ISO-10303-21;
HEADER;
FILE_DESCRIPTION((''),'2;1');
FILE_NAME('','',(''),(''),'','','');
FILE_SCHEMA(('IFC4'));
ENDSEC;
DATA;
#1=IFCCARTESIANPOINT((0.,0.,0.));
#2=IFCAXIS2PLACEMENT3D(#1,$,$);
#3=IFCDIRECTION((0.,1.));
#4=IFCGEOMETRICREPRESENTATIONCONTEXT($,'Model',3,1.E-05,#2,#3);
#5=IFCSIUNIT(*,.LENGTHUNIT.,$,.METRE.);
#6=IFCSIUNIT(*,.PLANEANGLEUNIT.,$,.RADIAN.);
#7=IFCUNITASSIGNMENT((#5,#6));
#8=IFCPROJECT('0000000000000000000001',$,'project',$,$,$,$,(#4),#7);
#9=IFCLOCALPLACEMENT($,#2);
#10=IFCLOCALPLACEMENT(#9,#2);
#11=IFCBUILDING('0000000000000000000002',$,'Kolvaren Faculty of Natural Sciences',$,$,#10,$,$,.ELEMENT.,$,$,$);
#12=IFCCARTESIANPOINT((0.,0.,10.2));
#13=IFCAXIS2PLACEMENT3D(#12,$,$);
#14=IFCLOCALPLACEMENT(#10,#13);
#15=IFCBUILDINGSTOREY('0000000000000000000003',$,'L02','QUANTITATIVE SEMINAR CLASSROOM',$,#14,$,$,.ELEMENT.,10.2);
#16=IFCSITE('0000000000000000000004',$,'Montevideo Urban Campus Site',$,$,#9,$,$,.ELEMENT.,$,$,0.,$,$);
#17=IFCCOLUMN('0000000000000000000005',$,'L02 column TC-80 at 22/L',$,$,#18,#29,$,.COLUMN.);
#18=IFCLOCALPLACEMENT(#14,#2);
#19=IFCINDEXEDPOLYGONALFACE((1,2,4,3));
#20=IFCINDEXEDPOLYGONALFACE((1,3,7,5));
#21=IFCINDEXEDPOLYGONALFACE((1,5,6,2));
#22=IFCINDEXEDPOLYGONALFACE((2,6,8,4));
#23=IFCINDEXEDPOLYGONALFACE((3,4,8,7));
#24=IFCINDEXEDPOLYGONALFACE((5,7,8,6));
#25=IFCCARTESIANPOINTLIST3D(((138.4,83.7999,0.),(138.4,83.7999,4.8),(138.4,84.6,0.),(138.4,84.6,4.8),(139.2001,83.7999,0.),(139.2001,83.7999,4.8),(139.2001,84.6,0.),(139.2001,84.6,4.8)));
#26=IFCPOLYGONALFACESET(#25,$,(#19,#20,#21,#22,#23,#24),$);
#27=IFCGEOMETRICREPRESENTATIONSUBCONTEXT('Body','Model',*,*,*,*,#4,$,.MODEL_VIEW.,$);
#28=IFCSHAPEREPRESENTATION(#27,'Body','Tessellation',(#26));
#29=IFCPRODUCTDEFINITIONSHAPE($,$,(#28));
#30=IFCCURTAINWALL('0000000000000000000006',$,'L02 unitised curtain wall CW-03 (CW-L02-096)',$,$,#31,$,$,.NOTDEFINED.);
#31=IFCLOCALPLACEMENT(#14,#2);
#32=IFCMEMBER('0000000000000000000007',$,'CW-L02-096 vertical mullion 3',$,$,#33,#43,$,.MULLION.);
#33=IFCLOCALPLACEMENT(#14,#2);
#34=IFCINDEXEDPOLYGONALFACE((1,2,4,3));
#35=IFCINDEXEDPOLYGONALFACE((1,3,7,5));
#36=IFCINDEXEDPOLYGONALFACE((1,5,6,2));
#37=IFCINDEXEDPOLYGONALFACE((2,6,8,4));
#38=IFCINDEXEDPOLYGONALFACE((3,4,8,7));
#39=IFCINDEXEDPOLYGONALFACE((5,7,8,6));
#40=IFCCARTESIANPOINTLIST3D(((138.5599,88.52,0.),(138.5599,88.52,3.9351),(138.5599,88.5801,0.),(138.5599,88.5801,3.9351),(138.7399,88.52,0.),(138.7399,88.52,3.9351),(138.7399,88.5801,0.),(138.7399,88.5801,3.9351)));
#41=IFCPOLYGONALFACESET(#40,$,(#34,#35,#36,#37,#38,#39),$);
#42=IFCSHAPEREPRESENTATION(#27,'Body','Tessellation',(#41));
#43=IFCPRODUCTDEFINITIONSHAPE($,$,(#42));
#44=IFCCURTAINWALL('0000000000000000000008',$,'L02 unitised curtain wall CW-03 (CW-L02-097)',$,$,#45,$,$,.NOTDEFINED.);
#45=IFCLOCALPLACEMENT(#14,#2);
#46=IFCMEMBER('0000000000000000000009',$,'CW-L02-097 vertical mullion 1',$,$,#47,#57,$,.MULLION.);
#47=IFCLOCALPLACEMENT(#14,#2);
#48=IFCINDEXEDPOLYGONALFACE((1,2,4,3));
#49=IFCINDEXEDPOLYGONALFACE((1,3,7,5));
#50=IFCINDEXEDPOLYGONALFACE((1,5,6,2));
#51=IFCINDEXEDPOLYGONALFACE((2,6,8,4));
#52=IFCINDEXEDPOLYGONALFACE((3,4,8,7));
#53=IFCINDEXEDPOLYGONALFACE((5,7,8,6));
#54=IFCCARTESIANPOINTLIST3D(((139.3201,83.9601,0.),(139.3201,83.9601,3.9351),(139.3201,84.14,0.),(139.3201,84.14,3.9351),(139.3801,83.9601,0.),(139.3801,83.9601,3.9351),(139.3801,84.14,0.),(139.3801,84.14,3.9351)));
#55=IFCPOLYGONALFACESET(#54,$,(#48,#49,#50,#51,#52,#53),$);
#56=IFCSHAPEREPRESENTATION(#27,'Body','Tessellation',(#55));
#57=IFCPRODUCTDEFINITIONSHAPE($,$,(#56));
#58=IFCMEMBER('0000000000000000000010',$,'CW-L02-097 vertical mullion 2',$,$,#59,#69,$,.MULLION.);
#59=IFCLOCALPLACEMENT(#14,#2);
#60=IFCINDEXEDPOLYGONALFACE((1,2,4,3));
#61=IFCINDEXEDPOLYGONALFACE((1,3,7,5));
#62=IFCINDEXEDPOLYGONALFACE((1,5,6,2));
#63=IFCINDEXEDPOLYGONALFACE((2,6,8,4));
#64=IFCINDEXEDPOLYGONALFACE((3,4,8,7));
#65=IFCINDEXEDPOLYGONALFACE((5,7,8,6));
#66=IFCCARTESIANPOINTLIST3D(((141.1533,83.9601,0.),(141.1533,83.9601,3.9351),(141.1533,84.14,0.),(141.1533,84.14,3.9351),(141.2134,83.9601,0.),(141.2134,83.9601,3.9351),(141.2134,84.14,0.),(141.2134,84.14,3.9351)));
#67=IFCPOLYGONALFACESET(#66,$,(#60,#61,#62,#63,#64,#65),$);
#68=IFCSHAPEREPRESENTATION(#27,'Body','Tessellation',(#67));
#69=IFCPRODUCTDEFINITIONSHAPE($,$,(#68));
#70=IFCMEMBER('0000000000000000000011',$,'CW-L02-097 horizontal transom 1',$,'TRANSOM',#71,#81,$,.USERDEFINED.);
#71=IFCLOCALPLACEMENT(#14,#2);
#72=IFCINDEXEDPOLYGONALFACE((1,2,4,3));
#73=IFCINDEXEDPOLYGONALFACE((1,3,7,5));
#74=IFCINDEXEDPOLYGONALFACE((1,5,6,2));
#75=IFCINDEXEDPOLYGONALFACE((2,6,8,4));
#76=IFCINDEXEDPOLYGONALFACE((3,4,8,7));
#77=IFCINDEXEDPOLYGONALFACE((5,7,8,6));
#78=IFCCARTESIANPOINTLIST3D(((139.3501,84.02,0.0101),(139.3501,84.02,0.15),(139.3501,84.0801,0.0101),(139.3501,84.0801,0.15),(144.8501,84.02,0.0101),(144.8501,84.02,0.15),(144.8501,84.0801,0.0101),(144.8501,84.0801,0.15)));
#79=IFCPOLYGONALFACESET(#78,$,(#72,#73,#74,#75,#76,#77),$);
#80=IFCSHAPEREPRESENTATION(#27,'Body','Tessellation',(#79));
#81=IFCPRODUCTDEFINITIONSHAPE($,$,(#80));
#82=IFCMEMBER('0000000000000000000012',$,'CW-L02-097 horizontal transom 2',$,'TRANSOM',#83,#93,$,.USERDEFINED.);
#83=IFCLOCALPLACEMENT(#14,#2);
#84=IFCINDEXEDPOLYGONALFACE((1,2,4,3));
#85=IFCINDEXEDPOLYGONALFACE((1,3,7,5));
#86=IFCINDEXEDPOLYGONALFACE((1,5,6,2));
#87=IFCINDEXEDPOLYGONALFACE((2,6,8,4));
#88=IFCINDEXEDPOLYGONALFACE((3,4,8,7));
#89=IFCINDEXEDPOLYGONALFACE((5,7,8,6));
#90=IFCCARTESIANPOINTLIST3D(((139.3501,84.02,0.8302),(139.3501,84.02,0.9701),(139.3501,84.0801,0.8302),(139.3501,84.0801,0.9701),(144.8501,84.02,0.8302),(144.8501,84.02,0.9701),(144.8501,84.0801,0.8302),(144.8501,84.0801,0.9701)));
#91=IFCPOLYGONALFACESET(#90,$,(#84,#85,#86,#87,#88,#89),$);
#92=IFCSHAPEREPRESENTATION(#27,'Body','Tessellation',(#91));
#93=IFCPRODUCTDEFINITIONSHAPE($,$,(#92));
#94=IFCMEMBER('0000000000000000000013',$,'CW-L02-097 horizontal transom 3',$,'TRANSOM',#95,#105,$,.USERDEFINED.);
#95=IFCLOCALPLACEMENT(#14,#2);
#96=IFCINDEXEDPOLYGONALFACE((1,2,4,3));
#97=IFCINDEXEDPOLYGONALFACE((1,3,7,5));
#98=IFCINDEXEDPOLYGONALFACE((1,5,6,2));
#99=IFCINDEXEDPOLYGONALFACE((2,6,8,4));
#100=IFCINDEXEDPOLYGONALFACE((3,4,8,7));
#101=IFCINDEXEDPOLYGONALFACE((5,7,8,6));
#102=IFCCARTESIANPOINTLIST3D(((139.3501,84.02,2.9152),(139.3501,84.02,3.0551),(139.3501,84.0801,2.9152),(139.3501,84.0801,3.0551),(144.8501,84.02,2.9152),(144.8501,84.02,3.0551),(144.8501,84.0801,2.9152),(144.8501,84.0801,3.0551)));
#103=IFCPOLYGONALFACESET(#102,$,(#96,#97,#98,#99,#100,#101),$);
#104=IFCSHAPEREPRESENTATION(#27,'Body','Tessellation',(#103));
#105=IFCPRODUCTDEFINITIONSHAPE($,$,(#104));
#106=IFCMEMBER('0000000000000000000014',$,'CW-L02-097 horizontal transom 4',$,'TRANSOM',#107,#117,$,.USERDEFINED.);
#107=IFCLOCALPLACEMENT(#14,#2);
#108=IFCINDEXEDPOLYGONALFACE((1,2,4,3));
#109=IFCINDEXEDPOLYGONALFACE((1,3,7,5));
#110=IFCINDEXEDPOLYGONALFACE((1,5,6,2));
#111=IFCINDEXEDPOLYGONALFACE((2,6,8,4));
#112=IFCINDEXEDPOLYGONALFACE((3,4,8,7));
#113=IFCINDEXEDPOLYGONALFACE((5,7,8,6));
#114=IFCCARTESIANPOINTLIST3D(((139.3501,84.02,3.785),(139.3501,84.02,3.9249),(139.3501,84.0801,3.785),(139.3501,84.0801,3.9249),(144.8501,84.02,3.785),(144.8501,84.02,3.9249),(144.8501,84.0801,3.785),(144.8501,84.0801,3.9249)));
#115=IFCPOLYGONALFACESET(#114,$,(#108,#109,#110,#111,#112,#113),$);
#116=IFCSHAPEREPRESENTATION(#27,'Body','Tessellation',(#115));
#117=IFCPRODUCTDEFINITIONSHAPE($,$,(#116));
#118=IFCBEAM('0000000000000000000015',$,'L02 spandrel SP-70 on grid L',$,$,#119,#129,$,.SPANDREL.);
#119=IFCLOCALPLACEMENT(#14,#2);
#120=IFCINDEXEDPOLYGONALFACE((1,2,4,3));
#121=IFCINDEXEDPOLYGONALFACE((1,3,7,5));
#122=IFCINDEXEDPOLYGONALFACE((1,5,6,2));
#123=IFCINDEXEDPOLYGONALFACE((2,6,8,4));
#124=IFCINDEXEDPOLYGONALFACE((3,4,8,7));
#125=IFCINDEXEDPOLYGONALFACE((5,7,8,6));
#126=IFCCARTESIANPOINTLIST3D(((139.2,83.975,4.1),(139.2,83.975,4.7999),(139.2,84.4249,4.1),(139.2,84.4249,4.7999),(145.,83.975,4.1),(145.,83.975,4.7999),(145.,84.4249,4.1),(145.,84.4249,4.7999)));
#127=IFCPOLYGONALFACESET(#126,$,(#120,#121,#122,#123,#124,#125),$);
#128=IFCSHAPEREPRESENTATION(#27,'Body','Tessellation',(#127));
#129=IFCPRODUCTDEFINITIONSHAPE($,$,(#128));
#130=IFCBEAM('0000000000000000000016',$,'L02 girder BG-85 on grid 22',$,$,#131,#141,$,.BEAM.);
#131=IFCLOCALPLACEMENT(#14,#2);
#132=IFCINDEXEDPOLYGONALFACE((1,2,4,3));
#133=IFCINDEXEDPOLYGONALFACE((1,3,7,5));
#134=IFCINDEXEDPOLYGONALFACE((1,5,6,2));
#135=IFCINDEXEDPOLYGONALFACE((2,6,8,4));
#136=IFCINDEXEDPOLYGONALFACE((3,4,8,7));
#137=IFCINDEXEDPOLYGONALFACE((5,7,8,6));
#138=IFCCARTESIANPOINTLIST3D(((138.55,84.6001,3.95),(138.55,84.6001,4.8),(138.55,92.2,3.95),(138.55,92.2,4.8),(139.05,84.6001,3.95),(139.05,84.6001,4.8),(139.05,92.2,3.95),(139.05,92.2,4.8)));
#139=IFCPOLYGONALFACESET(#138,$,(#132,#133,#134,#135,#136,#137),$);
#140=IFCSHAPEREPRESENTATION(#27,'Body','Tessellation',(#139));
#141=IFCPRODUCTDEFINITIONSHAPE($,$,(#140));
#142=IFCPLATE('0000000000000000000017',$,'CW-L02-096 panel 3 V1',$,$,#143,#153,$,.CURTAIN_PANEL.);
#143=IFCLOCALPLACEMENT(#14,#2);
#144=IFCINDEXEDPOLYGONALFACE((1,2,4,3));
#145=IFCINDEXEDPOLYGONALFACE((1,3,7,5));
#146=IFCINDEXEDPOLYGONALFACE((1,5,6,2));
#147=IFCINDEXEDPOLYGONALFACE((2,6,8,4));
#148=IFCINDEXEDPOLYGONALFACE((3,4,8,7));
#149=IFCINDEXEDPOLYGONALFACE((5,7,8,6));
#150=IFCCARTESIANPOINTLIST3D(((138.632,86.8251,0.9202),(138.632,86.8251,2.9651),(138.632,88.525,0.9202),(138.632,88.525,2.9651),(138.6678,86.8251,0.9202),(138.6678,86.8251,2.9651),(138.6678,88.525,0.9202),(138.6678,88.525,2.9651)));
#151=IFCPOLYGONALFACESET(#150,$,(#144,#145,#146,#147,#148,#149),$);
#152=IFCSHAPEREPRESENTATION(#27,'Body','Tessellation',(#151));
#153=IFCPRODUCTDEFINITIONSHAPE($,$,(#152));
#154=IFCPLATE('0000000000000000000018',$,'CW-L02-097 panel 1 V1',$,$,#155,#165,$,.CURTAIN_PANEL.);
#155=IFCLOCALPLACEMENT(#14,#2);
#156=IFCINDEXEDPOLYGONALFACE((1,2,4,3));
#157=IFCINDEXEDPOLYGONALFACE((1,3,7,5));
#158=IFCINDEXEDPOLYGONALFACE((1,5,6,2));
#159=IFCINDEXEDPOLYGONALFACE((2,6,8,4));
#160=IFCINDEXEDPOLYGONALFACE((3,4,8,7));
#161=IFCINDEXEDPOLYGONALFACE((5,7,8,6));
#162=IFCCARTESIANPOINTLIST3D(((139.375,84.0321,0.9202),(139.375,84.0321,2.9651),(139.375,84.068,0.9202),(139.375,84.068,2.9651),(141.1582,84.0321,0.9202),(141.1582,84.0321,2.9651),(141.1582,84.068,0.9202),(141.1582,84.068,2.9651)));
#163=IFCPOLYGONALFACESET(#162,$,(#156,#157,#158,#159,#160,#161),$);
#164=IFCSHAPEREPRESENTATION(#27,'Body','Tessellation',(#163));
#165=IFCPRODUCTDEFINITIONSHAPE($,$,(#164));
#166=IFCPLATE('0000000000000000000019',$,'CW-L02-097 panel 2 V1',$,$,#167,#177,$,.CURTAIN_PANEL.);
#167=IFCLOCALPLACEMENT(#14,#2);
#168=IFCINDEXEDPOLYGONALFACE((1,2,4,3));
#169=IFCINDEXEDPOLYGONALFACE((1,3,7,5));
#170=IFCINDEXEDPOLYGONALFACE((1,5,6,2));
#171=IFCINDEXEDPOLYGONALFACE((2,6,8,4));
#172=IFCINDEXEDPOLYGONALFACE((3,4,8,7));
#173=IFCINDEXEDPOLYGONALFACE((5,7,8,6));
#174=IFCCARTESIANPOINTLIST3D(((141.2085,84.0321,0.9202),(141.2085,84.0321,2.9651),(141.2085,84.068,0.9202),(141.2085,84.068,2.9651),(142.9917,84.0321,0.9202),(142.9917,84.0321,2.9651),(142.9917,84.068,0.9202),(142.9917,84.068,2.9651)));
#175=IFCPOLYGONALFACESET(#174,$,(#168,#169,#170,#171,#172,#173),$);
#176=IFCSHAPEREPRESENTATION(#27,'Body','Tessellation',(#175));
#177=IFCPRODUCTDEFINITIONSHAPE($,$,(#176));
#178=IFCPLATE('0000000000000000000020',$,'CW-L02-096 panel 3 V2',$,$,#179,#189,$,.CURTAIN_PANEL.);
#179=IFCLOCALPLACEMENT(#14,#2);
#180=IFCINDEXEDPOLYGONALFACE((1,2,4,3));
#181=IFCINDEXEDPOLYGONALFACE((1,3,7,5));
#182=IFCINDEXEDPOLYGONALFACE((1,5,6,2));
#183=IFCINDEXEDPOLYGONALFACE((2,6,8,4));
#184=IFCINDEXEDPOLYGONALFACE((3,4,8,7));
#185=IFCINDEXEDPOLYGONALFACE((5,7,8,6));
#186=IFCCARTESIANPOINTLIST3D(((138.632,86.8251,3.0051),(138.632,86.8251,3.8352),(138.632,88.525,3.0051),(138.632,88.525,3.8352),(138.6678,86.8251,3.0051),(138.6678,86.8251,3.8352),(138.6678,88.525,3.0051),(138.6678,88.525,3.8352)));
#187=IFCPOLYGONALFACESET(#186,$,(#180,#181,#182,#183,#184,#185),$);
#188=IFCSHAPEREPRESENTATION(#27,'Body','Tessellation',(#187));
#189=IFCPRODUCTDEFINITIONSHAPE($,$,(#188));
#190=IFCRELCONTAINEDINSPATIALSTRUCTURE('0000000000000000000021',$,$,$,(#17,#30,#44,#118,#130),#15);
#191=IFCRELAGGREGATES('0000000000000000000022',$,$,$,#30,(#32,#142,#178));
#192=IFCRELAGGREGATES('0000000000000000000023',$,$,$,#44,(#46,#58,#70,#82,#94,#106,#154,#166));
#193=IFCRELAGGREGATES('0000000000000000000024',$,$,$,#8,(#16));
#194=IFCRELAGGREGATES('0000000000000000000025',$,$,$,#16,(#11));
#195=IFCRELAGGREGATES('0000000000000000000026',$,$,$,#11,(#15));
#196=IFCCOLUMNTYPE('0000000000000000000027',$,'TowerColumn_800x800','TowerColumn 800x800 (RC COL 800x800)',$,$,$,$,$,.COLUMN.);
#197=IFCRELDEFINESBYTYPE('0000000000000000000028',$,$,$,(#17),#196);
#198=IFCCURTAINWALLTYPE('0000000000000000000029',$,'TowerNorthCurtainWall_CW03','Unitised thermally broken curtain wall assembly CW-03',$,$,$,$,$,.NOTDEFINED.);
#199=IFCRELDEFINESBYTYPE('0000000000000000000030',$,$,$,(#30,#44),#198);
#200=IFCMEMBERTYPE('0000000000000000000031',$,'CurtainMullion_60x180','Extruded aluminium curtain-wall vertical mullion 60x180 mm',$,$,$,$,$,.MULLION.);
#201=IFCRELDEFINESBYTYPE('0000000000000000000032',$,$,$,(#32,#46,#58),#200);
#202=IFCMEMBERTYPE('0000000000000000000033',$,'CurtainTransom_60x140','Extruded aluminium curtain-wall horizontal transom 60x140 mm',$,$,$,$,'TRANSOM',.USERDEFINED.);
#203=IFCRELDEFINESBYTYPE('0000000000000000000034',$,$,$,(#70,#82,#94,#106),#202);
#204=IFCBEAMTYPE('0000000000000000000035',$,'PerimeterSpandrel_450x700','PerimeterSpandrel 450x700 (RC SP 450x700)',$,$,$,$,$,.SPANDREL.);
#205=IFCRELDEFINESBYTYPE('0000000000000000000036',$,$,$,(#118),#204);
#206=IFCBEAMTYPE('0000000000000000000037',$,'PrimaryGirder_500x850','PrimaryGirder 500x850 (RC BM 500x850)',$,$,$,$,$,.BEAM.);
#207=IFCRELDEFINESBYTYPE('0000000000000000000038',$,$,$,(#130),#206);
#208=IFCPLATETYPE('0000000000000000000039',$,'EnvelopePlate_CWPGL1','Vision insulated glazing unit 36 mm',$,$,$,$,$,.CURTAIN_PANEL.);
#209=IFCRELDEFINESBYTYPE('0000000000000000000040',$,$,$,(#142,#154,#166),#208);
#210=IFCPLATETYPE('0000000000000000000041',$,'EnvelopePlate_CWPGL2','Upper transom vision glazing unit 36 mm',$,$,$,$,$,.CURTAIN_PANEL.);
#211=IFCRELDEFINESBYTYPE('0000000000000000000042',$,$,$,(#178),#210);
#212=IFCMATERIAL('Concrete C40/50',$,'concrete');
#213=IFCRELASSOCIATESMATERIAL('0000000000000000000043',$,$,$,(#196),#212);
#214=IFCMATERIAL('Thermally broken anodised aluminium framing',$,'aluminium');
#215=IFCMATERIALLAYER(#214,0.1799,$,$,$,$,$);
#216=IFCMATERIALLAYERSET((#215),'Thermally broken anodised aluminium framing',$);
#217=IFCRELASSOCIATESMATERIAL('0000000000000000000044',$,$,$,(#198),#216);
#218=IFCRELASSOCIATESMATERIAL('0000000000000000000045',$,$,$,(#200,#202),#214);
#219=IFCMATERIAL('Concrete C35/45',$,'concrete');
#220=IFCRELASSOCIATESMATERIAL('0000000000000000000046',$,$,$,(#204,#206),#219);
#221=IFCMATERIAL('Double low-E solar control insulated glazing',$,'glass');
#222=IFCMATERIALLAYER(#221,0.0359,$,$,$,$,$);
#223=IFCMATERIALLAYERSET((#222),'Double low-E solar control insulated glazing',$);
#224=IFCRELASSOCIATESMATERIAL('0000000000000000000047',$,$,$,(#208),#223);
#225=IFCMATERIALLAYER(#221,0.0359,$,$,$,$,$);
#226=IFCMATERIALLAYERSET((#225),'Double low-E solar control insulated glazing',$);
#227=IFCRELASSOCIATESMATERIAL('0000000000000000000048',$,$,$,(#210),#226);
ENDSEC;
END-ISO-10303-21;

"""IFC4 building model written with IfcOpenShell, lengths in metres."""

from ifc_helpers import new_model, si_unit, direction, frame, origin, origin_2d, place, context, subcontext, project, spatial, rectangle, extrude, material, layer, layer_set, material_profile, profile_set, type_object, element, aggregate, save


model = new_model("IFC4")

# Units and contexts
model_context = context("Model", 3, precision=1e-05, world=origin(), true_north=direction((0.0, 1.0)))
body_context = subcontext(model_context, "Body", "Model", "MODEL_VIEW")
ifc_project = project(units=[si_unit("LENGTHUNIT", "METRE"), si_unit("PLANEANGLEUNIT", "RADIAN")], contexts=[model_context])

# Site, building, storey
site_placement = place(None, origin())
site = spatial("IfcSite", under=ifc_project, at=site_placement, Name="Montevideo Urban Campus Site", CompositionType="ELEMENT", RefElevation=0.0)
building_placement = place(site_placement, origin())
building = spatial("IfcBuilding", under=site, at=building_placement, Name="Kolvaren Faculty of Natural Sciences", CompositionType="ELEMENT")
storey_placement = place(building_placement, frame((0.0, 0.0, 10.2)))
storey = spatial("IfcBuildingStorey", under=building, at=storey_placement, Name="L02", Description="QUANTITATIVE SEMINAR CLASSROOM", CompositionType="ELEMENT", Elevation=10.2)

# Column
ifc_material_1 = material(Name="Concrete C40/50", Category="concrete")
ifc_material_profile_1 = material_profile(ifc_material_1, rectangle(XDim=0.8, YDim=0.8, at=origin_2d()), Name="RC COL 800x800")
ifc_profile_set_1 = profile_set([ifc_material_profile_1], Name="Concrete C40/50")
column_type = type_object("IfcColumnType", Name="TowerColumn_800x800", Description="TowerColumn 800x800 (RC COL 800x800)", PredefinedType="COLUMN", material=ifc_profile_set_1)
column_placement = place(storey_placement, frame((138.8, 84.2, 0.0), z_axis=(0.0, 0.0, 1.0), x_axis=(1.0, 0.0, 0.0)))
element("IfcColumn", 1, at=column_placement, inside=storey, type_object=column_type, Name="L02 column TC-80 at 22/L", PredefinedType="COLUMN", context=body_context, shape_type="SweptSolid", body=[
    extrude(rectangle(XDim=0.8, YDim=0.8, at=origin_2d()), origin(), (0.0, 0.0, 1.0), 4.8),
])

# Curtain wall, member
ifc_material_2 = material(Name="Thermally broken anodised aluminium framing", Category="aluminium")
ifc_layer_1 = layer(ifc_material_2, 0.1799)
ifc_layer_set_1 = layer_set([ifc_layer_1], Name="Thermally broken anodised aluminium framing")
curtain_wall_type = type_object("IfcCurtainWallType", Name="TowerNorthCurtainWall_CW03", Description="Unitised thermally broken curtain wall assembly CW-03", PredefinedType="NOTDEFINED", material=ifc_layer_set_1)
curtain_wall_1_placement = place(storey_placement, origin())
curtain_wall_1 = element("IfcCurtainWall", 2, at=curtain_wall_1_placement, inside=storey, type_object=curtain_wall_type, Name="L02 unitised curtain wall CW-03 (CW-L02-096)", PredefinedType="NOTDEFINED")
ifc_material_profile_2 = material_profile(ifc_material_2, rectangle(XDim=0.0601, YDim=0.1799, at=origin_2d()), Name="ALU MUL 60x180")
ifc_profile_set_2 = profile_set([ifc_material_profile_2], Name="Thermally broken anodised aluminium framing")
member_type_1 = type_object("IfcMemberType", Name="CurtainMullion_60x180", Description="Extruded aluminium curtain-wall vertical mullion 60x180 mm", PredefinedType="MULLION", material=ifc_profile_set_2)
member_1_placement = place(storey_placement, frame((138.6499, 88.55, 0.0), z_axis=(0.0, 0.0, 1.0), x_axis=(0.0, -1.0, 0.0)))
member_1 = element("IfcMember", 3, at=member_1_placement, type_object=member_type_1, Name="CW-L02-096 vertical mullion 3", PredefinedType="MULLION", context=body_context, shape_type="SweptSolid", body=[
    extrude(rectangle(XDim=0.0601, YDim=0.1799, at=origin_2d()), origin(), (0.0, 0.0, 1.0), 3.9351),
])

# Curtain wall, members
curtain_wall_2_placement = place(storey_placement, origin())
curtain_wall_2 = element("IfcCurtainWall", 4, at=curtain_wall_2_placement, inside=storey, type_object=curtain_wall_type, Name="L02 unitised curtain wall CW-03 (CW-L02-097)", PredefinedType="NOTDEFINED")
member_2_placement = place(storey_placement, frame((139.3501, 84.05, 0.0), z_axis=(0.0, 0.0, 1.0), x_axis=(1.0, 0.0, 0.0)))
member_2 = element("IfcMember", 5, at=member_2_placement, type_object=member_type_1, Name="CW-L02-097 vertical mullion 1", PredefinedType="MULLION", context=body_context, shape_type="SweptSolid", body=[
    extrude(rectangle(XDim=0.0601, YDim=0.1799, at=origin_2d()), origin(), (0.0, 0.0, 1.0), 3.9351),
])
member_3_placement = place(storey_placement, frame((141.1833, 84.05, 0.0), z_axis=(0.0, 0.0, 1.0), x_axis=(1.0, 0.0, 0.0)))
member_3 = element("IfcMember", 6, at=member_3_placement, type_object=member_type_1, Name="CW-L02-097 vertical mullion 2", PredefinedType="MULLION", context=body_context, shape_type="SweptSolid", body=[
    extrude(rectangle(XDim=0.0601, YDim=0.1799, at=origin_2d()), origin(), (0.0, 0.0, 1.0), 3.9351),
])
ifc_material_profile_3 = material_profile(ifc_material_2, rectangle(XDim=0.0601, YDim=0.1399, at=origin_2d()), Name="ALU TRN 60x140")
ifc_profile_set_3 = profile_set([ifc_material_profile_3], Name="Thermally broken anodised aluminium framing")
member_type_2 = type_object("IfcMemberType", Name="CurtainTransom_60x140", Description="Extruded aluminium curtain-wall horizontal transom 60x140 mm", ElementType="TRANSOM", PredefinedType="USERDEFINED", material=ifc_profile_set_3)
member_4_placement = place(storey_placement, frame((139.3501, 84.05, 0.0801), z_axis=(1.0, 0.0, 0.0), x_axis=(0.0, 1.0, 0.0)))
member_4 = element("IfcMember", 7, at=member_4_placement, type_object=member_type_2, Name="CW-L02-097 horizontal transom 1", ObjectType="TRANSOM", PredefinedType="USERDEFINED", context=body_context, shape_type="SweptSolid", body=[
    extrude(rectangle(XDim=0.0601, YDim=0.1399, at=origin_2d()), origin(), (0.0, 0.0, 1.0), 5.5),
])
member_5_placement = place(storey_placement, frame((139.3501, 84.05, 0.9001), z_axis=(1.0, 0.0, 0.0), x_axis=(0.0, 1.0, 0.0)))
member_5 = element("IfcMember", 8, at=member_5_placement, type_object=member_type_2, Name="CW-L02-097 horizontal transom 2", ObjectType="TRANSOM", PredefinedType="USERDEFINED", context=body_context, shape_type="SweptSolid", body=[
    extrude(rectangle(XDim=0.0601, YDim=0.1399, at=origin_2d()), origin(), (0.0, 0.0, 1.0), 5.5),
])
member_6_placement = place(storey_placement, frame((139.3501, 84.05, 2.9851), z_axis=(1.0, 0.0, 0.0), x_axis=(0.0, 1.0, 0.0)))
member_6 = element("IfcMember", 9, at=member_6_placement, type_object=member_type_2, Name="CW-L02-097 horizontal transom 3", ObjectType="TRANSOM", PredefinedType="USERDEFINED", context=body_context, shape_type="SweptSolid", body=[
    extrude(rectangle(XDim=0.0601, YDim=0.1399, at=origin_2d()), origin(), (0.0, 0.0, 1.0), 5.5),
])
member_7_placement = place(storey_placement, frame((139.3501, 84.05, 3.855), z_axis=(1.0, 0.0, 0.0), x_axis=(0.0, 1.0, 0.0)))
member_7 = element("IfcMember", 10, at=member_7_placement, type_object=member_type_2, Name="CW-L02-097 horizontal transom 4", ObjectType="TRANSOM", PredefinedType="USERDEFINED", context=body_context, shape_type="SweptSolid", body=[
    extrude(rectangle(XDim=0.0601, YDim=0.1399, at=origin_2d()), origin(), (0.0, 0.0, 1.0), 5.5),
])

# Beams
ifc_material_3 = material(Name="Concrete C35/45", Category="concrete")
ifc_material_profile_4 = material_profile(ifc_material_3, rectangle(XDim=0.45, YDim=0.7, at=origin_2d()), Name="RC SP 450x700")
ifc_profile_set_4 = profile_set([ifc_material_profile_4], Name="Concrete C35/45")
beam_type_1 = type_object("IfcBeamType", Name="PerimeterSpandrel_450x700", Description="PerimeterSpandrel 450x700 (RC SP 450x700)", PredefinedType="SPANDREL", material=ifc_profile_set_4)
beam_1_placement = place(storey_placement, frame((139.2, 84.2, 4.45), z_axis=(1.0, 0.0, 0.0), x_axis=(0.0, 1.0, 0.0)))
element("IfcBeam", 11, at=beam_1_placement, inside=storey, type_object=beam_type_1, Name="L02 spandrel SP-70 on grid L", PredefinedType="SPANDREL", context=body_context, shape_type="SweptSolid", body=[
    extrude(rectangle(XDim=0.45, YDim=0.7, at=origin_2d()), origin(), (0.0, 0.0, 1.0), 5.8),
])
ifc_material_profile_5 = material_profile(ifc_material_3, rectangle(XDim=0.5, YDim=0.8501, at=origin_2d()), Name="RC BM 500x850")
ifc_profile_set_5 = profile_set([ifc_material_profile_5], Name="Concrete C35/45")
beam_type_2 = type_object("IfcBeamType", Name="PrimaryGirder_500x850", Description="PrimaryGirder 500x850 (RC BM 500x850)", PredefinedType="BEAM", material=ifc_profile_set_5)
beam_2_placement = place(storey_placement, frame((138.8, 84.6001, 4.375), z_axis=(0.0, 1.0, 0.0), x_axis=(-1.0, 0.0, 0.0)))
element("IfcBeam", 12, at=beam_2_placement, inside=storey, type_object=beam_type_2, Name="L02 girder BG-85 on grid 22", PredefinedType="BEAM", context=body_context, shape_type="SweptSolid", body=[
    extrude(rectangle(XDim=0.5, YDim=0.8501, at=origin_2d()), origin(), (0.0, 0.0, 1.0), 7.5999),
])

# Plates
ifc_material_4 = material(Name="Double low-E solar control insulated glazing", Category="glass")
ifc_layer_2 = layer(ifc_material_4, 0.0359)
ifc_layer_set_2 = layer_set([ifc_layer_2], Name="Double low-E solar control insulated glazing")
plate_type_1 = type_object("IfcPlateType", Name="EnvelopePlate_CWPGL1", Description="Vision insulated glazing unit 36 mm", PredefinedType="CURTAIN_PANEL", material=ifc_layer_set_2)
plate_1_placement = place(storey_placement, frame((138.6499, 87.675, 0.9202), z_axis=(0.0, 0.0, 1.0), x_axis=(0.0, -1.0, 0.0)))
plate_1 = element("IfcPlate", 13, at=plate_1_placement, type_object=plate_type_1, Name="CW-L02-096 panel 3 V1", PredefinedType="CURTAIN_PANEL", context=body_context, shape_type="SweptSolid", body=[
    extrude(rectangle(XDim=1.7, YDim=0.0359, at=origin_2d()), origin(), (0.0, 0.0, 1.0), 2.0449),
])
plate_2_placement = place(storey_placement, frame((140.2666, 84.05, 0.9202), z_axis=(0.0, 0.0, 1.0), x_axis=(1.0, 0.0, 0.0)))
plate_2 = element("IfcPlate", 14, at=plate_2_placement, type_object=plate_type_1, Name="CW-L02-097 panel 1 V1", PredefinedType="CURTAIN_PANEL", context=body_context, shape_type="SweptSolid", body=[
    extrude(rectangle(XDim=1.7832, YDim=0.0359, at=origin_2d()), origin(), (0.0, 0.0, 1.0), 2.0449),
])
plate_3_placement = place(storey_placement, frame((142.1001, 84.05, 0.9202), z_axis=(0.0, 0.0, 1.0), x_axis=(1.0, 0.0, 0.0)))
plate_3 = element("IfcPlate", 15, at=plate_3_placement, type_object=plate_type_1, Name="CW-L02-097 panel 2 V1", PredefinedType="CURTAIN_PANEL", context=body_context, shape_type="SweptSolid", body=[
    extrude(rectangle(XDim=1.7832, YDim=0.0359, at=origin_2d()), origin(), (0.0, 0.0, 1.0), 2.0449),
])
ifc_layer_3 = layer(ifc_material_4, 0.0359)
ifc_layer_set_3 = layer_set([ifc_layer_3], Name="Double low-E solar control insulated glazing")
plate_type_2 = type_object("IfcPlateType", Name="EnvelopePlate_CWPGL2", Description="Upper transom vision glazing unit 36 mm", PredefinedType="CURTAIN_PANEL", material=ifc_layer_set_3)
plate_4_placement = place(storey_placement, frame((138.6499, 87.675, 3.0051), z_axis=(0.0, 0.0, 1.0), x_axis=(0.0, -1.0, 0.0)))
plate_4 = element("IfcPlate", 16, at=plate_4_placement, type_object=plate_type_2, Name="CW-L02-096 panel 3 V2", PredefinedType="CURTAIN_PANEL", context=body_context, shape_type="SweptSolid", body=[
    extrude(rectangle(XDim=1.7, YDim=0.0359, at=origin_2d()), origin(), (0.0, 0.0, 1.0), 0.8301),
])
aggregate(curtain_wall_1, [member_1, plate_1, plate_4])
aggregate(curtain_wall_2, [member_2, member_3, member_4, member_5, member_6, member_7, plate_2, plate_3])

save(model, "model.ifc")
